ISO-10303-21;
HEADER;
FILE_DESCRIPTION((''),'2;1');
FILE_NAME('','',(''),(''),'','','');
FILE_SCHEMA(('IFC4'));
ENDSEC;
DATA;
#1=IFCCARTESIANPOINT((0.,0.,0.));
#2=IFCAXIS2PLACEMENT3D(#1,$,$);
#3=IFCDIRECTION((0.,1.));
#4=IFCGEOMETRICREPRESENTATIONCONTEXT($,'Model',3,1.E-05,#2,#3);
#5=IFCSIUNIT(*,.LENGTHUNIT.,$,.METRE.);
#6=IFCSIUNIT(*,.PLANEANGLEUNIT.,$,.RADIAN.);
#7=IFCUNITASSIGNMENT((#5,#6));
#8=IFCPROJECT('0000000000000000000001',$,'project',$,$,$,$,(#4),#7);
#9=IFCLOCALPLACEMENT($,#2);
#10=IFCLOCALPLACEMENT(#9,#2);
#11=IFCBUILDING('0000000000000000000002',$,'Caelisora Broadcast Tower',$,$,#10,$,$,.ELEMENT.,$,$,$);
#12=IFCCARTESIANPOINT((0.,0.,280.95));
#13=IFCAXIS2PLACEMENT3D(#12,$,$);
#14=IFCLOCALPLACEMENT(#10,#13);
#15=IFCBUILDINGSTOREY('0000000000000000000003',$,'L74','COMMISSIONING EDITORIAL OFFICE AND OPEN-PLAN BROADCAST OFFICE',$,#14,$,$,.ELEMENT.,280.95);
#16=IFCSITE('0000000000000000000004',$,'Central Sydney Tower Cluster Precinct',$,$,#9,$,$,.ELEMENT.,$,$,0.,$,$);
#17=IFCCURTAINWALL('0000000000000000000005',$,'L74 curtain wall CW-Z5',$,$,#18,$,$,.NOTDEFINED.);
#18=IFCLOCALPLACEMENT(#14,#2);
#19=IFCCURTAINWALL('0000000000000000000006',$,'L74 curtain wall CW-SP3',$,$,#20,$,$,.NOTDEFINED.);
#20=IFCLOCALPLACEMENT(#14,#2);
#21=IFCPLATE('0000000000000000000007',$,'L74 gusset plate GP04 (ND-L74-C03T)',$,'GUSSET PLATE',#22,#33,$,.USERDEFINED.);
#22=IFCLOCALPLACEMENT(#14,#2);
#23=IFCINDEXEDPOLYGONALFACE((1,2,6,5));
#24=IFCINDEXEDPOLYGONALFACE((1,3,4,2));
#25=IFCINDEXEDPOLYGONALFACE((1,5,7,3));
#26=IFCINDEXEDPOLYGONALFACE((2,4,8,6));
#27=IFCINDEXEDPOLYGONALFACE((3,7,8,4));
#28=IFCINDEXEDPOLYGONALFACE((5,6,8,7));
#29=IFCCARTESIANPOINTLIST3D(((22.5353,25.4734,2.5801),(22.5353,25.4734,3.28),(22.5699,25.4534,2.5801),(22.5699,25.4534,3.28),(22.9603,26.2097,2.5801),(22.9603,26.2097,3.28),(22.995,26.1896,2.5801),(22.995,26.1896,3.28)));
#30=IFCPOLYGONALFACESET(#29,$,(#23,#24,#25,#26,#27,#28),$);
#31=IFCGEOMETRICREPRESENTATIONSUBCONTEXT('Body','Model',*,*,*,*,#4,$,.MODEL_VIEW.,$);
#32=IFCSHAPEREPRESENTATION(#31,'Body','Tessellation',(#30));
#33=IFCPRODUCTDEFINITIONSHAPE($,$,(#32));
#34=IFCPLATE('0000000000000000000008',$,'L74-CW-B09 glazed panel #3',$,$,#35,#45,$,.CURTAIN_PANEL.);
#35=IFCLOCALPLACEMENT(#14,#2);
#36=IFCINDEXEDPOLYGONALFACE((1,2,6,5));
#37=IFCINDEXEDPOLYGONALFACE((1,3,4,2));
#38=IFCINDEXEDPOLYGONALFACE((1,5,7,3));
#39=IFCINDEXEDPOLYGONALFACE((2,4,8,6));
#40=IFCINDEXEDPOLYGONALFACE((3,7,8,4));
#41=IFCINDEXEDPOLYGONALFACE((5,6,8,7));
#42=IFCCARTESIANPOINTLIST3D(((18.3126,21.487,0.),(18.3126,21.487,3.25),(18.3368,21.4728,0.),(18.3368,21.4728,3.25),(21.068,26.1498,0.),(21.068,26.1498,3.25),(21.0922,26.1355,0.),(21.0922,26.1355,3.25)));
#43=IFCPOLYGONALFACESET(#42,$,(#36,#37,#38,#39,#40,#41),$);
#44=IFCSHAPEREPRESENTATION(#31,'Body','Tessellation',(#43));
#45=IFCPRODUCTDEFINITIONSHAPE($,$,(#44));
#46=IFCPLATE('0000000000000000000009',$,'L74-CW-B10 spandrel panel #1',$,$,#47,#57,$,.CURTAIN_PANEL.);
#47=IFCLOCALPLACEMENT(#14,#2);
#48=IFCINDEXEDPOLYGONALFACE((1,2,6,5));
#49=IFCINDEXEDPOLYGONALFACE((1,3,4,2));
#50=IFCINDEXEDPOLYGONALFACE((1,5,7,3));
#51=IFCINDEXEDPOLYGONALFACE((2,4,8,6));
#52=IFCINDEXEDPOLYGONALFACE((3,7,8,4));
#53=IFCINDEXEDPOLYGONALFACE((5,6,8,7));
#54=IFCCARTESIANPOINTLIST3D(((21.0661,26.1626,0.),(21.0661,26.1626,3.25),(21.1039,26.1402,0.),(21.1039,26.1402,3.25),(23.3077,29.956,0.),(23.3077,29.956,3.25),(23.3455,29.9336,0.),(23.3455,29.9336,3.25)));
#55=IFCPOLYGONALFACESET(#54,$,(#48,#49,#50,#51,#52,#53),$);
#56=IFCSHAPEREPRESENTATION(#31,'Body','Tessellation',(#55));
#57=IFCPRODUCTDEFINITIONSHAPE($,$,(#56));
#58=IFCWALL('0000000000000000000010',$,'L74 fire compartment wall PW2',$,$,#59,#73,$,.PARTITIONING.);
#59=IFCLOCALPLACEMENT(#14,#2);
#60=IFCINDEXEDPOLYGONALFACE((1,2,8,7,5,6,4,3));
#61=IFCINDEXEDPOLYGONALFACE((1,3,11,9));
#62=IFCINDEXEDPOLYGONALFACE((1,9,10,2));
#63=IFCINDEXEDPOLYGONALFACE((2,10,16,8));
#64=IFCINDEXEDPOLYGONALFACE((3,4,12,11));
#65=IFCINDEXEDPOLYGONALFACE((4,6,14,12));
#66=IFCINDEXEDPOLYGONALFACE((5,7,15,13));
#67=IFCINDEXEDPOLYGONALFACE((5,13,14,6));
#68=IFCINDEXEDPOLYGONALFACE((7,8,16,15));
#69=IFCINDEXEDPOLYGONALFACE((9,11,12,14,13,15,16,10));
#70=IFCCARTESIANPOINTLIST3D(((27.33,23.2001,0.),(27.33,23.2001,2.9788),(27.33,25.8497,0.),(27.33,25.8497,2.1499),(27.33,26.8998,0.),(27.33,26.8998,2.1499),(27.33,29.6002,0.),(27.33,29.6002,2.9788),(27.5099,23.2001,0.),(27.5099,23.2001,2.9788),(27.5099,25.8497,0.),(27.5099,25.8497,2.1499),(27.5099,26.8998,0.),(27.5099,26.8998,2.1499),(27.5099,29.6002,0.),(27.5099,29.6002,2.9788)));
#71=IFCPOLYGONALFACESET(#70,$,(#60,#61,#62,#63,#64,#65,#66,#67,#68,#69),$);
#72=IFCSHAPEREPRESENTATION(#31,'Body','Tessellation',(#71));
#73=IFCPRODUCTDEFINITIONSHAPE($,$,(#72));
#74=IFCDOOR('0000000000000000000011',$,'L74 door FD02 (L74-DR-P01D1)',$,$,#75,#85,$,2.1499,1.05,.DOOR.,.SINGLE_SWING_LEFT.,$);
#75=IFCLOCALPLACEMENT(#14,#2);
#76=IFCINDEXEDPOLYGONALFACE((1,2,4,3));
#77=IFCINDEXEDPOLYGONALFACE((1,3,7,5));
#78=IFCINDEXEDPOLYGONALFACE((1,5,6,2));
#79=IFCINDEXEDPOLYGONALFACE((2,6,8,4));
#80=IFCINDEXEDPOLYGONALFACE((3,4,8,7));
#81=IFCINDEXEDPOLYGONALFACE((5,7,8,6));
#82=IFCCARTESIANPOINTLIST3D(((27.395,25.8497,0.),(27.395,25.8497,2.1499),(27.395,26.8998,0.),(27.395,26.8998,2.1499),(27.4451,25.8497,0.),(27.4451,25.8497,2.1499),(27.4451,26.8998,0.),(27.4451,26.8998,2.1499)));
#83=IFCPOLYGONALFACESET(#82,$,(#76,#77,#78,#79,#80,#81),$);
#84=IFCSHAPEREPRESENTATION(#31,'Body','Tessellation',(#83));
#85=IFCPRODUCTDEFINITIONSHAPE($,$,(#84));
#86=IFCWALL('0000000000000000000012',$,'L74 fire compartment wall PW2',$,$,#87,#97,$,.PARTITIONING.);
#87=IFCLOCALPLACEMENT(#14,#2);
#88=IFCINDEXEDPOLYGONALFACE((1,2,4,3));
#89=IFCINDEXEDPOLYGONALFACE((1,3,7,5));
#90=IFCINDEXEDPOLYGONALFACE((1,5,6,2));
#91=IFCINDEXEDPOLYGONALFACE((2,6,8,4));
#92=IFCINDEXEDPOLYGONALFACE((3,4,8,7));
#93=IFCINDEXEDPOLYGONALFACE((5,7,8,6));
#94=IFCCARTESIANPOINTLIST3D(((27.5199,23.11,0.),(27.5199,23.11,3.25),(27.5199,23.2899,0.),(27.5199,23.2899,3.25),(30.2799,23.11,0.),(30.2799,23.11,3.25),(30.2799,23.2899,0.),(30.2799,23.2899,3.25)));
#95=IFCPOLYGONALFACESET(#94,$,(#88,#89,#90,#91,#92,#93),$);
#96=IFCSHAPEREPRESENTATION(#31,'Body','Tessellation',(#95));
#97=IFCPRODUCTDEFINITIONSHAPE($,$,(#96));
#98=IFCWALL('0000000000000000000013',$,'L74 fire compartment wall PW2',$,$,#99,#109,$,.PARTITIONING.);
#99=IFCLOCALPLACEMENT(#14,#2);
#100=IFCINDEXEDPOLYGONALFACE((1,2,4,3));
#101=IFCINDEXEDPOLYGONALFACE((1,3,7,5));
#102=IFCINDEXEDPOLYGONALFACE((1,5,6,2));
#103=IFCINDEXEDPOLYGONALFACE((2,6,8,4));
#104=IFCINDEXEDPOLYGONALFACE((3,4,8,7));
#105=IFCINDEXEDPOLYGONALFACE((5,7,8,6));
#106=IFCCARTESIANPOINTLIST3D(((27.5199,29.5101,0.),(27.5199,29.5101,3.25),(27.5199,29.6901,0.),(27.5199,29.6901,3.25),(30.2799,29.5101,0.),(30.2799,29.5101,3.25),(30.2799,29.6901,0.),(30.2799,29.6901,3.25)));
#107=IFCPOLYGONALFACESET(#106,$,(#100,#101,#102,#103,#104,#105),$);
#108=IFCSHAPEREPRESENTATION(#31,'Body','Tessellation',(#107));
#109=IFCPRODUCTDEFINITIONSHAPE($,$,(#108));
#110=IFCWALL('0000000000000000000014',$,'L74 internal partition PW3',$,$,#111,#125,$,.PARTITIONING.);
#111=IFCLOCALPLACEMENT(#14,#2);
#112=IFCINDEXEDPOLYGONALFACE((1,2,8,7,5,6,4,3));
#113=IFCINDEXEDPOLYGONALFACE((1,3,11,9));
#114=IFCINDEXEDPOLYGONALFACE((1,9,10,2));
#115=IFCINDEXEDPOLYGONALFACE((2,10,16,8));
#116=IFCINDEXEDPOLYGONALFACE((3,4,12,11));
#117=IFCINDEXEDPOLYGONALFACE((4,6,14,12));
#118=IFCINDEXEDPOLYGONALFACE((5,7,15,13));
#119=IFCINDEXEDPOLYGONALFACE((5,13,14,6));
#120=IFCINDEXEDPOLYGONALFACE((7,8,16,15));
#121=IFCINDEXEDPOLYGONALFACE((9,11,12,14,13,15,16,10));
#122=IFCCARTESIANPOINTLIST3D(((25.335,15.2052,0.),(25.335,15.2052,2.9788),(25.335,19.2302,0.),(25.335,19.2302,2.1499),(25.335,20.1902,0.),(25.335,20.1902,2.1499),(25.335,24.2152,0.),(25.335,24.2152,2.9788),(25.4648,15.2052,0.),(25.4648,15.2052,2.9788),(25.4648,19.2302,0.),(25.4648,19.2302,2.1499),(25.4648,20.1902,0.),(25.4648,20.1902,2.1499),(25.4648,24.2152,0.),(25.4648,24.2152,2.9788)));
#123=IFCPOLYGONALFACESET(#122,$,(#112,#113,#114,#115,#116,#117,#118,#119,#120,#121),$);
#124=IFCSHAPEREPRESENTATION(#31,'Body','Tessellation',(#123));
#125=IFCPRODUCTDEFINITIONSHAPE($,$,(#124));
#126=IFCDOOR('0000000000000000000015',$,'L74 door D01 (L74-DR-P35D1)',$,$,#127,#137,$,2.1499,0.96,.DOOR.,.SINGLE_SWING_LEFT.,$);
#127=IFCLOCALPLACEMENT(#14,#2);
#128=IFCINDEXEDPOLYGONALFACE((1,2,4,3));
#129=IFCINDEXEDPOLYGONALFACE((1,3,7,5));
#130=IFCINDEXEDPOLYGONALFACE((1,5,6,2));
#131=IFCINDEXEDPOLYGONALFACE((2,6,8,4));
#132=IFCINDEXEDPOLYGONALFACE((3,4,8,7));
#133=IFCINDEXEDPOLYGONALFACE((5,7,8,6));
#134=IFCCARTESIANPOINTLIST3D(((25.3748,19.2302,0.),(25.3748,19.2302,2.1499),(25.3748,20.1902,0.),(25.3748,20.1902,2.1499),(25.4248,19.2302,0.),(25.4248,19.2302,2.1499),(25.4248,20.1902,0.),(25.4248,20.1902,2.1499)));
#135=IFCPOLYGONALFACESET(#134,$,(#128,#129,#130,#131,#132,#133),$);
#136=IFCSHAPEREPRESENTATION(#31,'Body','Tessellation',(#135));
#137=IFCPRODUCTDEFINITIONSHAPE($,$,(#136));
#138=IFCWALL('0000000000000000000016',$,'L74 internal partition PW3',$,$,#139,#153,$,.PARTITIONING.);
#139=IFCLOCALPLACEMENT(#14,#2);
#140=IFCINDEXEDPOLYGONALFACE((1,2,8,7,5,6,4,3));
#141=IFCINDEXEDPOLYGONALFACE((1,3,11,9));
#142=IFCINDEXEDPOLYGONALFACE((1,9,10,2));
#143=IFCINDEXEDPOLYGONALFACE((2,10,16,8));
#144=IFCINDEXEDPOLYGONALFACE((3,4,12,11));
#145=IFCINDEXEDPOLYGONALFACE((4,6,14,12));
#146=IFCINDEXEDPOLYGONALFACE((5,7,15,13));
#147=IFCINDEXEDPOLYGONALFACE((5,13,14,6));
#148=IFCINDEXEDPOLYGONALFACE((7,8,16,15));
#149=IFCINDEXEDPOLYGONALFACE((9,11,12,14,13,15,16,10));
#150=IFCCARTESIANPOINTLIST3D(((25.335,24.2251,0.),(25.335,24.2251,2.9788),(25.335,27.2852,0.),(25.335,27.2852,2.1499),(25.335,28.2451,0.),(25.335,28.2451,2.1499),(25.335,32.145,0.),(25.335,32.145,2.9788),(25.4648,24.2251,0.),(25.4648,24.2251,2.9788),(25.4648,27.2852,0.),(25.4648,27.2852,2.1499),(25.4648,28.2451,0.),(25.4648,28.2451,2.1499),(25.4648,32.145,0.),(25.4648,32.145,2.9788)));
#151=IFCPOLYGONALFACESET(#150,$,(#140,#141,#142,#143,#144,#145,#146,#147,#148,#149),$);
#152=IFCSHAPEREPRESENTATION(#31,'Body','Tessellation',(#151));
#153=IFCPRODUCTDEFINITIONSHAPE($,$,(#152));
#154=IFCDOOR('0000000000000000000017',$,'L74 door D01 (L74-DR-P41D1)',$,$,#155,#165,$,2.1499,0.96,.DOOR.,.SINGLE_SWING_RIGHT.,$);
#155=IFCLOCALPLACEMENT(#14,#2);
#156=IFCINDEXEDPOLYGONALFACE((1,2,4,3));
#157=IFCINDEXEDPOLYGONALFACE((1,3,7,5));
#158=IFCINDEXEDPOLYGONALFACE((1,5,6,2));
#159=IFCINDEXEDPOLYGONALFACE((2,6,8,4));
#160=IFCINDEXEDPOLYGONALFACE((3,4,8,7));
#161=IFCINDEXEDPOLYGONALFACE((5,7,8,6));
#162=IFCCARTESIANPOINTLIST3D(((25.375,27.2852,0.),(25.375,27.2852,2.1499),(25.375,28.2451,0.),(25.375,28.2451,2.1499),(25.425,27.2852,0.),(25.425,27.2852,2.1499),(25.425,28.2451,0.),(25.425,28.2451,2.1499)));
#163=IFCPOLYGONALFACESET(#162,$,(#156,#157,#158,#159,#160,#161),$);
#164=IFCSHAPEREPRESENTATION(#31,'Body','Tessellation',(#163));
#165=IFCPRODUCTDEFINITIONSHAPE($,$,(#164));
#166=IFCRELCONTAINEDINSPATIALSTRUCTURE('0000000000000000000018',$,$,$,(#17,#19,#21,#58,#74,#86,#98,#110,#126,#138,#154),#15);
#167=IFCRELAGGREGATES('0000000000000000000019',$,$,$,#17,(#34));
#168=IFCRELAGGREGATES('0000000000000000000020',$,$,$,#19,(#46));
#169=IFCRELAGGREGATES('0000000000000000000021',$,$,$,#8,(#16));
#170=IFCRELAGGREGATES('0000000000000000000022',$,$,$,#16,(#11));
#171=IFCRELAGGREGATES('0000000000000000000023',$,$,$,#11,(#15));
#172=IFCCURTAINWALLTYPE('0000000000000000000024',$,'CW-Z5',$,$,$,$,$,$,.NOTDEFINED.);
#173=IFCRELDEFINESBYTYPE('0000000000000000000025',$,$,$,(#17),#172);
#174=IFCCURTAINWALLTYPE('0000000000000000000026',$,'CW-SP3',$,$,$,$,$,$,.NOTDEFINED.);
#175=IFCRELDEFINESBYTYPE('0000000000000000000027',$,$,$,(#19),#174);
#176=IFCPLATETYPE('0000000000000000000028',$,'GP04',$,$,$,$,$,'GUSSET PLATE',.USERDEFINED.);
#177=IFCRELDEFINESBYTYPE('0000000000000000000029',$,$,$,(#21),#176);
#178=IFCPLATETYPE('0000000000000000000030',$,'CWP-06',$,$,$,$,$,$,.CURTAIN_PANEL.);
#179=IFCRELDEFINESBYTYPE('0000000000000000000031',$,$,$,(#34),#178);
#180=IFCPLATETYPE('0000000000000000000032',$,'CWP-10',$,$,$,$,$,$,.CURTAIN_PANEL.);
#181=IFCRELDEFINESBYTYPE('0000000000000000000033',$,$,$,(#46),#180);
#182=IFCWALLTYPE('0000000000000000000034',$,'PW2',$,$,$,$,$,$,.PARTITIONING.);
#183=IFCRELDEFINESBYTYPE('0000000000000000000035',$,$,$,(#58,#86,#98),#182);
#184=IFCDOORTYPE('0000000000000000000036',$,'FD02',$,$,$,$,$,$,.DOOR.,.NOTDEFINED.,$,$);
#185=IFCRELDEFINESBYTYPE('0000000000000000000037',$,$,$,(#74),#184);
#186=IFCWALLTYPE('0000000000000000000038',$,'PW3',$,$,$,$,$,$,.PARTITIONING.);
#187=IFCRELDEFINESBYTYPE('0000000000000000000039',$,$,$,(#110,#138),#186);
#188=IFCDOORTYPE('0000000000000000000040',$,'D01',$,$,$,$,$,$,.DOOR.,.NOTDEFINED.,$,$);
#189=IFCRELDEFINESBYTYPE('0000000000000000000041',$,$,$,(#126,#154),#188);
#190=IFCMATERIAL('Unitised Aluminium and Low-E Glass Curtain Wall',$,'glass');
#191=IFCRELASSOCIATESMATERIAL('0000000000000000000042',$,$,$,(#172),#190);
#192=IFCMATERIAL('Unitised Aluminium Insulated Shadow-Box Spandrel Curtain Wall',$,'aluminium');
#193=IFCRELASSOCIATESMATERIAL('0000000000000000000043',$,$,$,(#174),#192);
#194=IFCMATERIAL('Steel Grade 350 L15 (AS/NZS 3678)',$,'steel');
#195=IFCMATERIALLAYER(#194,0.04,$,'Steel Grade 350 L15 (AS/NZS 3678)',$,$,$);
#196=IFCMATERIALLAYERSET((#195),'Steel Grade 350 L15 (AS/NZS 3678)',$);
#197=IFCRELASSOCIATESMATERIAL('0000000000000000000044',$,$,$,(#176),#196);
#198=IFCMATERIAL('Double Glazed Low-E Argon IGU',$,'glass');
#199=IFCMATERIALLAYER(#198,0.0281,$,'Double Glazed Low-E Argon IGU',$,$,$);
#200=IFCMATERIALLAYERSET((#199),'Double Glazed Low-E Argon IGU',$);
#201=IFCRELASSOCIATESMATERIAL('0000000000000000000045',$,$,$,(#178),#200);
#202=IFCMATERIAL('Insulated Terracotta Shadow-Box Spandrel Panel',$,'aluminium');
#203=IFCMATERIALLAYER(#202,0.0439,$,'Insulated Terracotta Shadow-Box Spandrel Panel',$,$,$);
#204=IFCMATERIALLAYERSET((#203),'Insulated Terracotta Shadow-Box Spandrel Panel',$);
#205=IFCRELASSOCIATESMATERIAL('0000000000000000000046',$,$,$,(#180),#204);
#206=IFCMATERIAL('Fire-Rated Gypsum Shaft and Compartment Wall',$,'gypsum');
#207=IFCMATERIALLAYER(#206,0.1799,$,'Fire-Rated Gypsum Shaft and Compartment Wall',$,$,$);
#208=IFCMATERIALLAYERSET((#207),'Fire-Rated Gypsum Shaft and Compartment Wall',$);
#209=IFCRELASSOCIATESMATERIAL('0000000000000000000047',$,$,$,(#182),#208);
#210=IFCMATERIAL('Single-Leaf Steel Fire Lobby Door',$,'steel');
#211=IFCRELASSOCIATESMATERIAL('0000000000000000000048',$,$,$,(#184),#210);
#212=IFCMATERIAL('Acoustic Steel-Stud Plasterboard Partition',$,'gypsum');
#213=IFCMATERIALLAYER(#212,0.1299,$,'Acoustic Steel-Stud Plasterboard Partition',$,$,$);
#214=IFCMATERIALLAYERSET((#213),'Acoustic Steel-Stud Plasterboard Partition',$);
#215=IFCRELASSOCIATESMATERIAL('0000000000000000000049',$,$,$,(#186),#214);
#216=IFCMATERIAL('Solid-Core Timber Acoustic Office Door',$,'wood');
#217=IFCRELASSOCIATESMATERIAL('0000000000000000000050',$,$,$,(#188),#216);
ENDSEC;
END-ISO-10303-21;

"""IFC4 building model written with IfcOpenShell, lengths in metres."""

from ifc_helpers import new_model, si_unit, direction, frame, frame_2d, origin, origin_2d, place, context, subcontext, project, spatial, rectangle, extrude, source, transform, mapped, material, layer, layer_set, type_object, type_shapes, element, fill, aggregate, save


model = new_model("IFC4")

# Units and contexts
model_context = context("Model", 3, precision=1e-05, world=origin(), true_north=direction((0.0, 1.0)))
body_context = subcontext(model_context, "Body", "Model", "MODEL_VIEW")
ifc_project = project(units=[si_unit("LENGTHUNIT", "METRE"), si_unit("PLANEANGLEUNIT", "RADIAN")], contexts=[model_context])

# Site, building, storey
site_placement = place(None, origin())
site = spatial("IfcSite", under=ifc_project, at=site_placement, Name="Central Sydney Tower Cluster Precinct", CompositionType="ELEMENT", RefElevation=0.0)
building_placement = place(site_placement, origin())
building = spatial("IfcBuilding", under=site, at=building_placement, Name="Caelisora Broadcast Tower", CompositionType="ELEMENT")
storey_placement = place(building_placement, frame((0.0, 0.0, 280.95)))
storey = spatial("IfcBuildingStorey", under=building, at=storey_placement, Name="L74", Description="COMMISSIONING EDITORIAL OFFICE AND OPEN-PLAN BROADCAST OFFICE", CompositionType="ELEMENT", Elevation=280.95)

# Shared definitions
ifc_material_1 = material(Name="Steel Grade 350 L15 (AS/NZS 3678)", Category="steel")

# Curtain wall
ifc_material_2 = material(Name="Unitised Aluminium and Low-E Glass Curtain Wall", Category="glass")
curtain_wall_type_1 = type_object("IfcCurtainWallType", Name="CW-Z5", PredefinedType="NOTDEFINED", material=ifc_material_2)
curtain_wall_1_placement = place(storey_placement, origin())
curtain_wall_1 = element("IfcCurtainWall", 1, at=curtain_wall_1_placement, inside=storey, type_object=curtain_wall_type_1, Name="L74 curtain wall CW-Z5", PredefinedType="NOTDEFINED")

# Curtain wall
ifc_material_3 = material(Name="Unitised Aluminium Insulated Shadow-Box Spandrel Curtain Wall", Category="aluminium")
curtain_wall_type_2 = type_object("IfcCurtainWallType", Name="CW-SP3", PredefinedType="NOTDEFINED", material=ifc_material_3)
curtain_wall_2_placement = place(storey_placement, origin())
curtain_wall_2 = element("IfcCurtainWall", 2, at=curtain_wall_2_placement, inside=storey, type_object=curtain_wall_type_2, Name="L74 curtain wall CW-SP3", PredefinedType="NOTDEFINED")

# Plates
ifc_layer_1 = layer(ifc_material_1, 0.04, Name="Steel Grade 350 L15 (AS/NZS 3678)")
ifc_layer_set_1 = layer_set([ifc_layer_1], Name="Steel Grade 350 L15 (AS/NZS 3678)")
plate_type_1 = type_object("IfcPlateType", Name="GP04", ElementType="GUSSET PLATE", PredefinedType="USERDEFINED", material=ifc_layer_set_1)
shared_shape_1 = source(origin(), body_context, "Body", "SweptSolid", [
    extrude(rectangle(XDim=0.8501, YDim=0.04, at=origin_2d()), origin(), (0.0, 0.0, 1.0), 0.7),
])
type_shapes(plate_type_1, [shared_shape_1])
plate_1_placement = place(storey_placement, frame((22.7651, 25.8315, 2.5801), z_axis=(0.0, 0.0, 1.0), x_axis=(-0.5, -0.866025, 0.0)))
element("IfcPlate", 3, at=plate_1_placement, inside=storey, type_object=plate_type_1, Name="L74 gusset plate GP04 (ND-L74-C03T)", ObjectType="GUSSET PLATE", PredefinedType="USERDEFINED", context=body_context, shape_type="MappedRepresentation", body=[
    mapped(shared_shape_1, transform((0.0, 0.0, 0.0), scale=1.0)),
])
ifc_material_4 = material(Name="Double Glazed Low-E Argon IGU", Category="glass")
ifc_layer_2 = layer(ifc_material_4, 0.0281, Name="Double Glazed Low-E Argon IGU")
ifc_layer_set_2 = layer_set([ifc_layer_2], Name="Double Glazed Low-E Argon IGU")
plate_type_2 = type_object("IfcPlateType", Name="CWP-06", PredefinedType="CURTAIN_PANEL", material=ifc_layer_set_2)
shared_shape_2 = source(origin(), body_context, "Body", "SweptSolid", [
    extrude(rectangle(XDim=5.416, YDim=0.0281, at=origin_2d()), origin(), (0.0, 0.0, 1.0), 3.25),
])
type_shapes(plate_type_2, [shared_shape_2])
plate_2_placement = place(storey_placement, frame((19.7024, 23.8113, 0.0), z_axis=(0.0, 0.0, 1.0), x_axis=(0.508741, 0.86092, 0.0)))
plate_2 = element("IfcPlate", 4, at=plate_2_placement, type_object=plate_type_2, Name="L74-CW-B09 glazed panel #3", PredefinedType="CURTAIN_PANEL", context=body_context, shape_type="MappedRepresentation", body=[
    mapped(shared_shape_2, transform((0.0, 0.0, 0.0), scale=1.0)),
])
aggregate(curtain_wall_1, [plate_2])
ifc_material_5 = material(Name="Insulated Terracotta Shadow-Box Spandrel Panel", Category="aluminium")
ifc_layer_3 = layer(ifc_material_5, 0.0439, Name="Insulated Terracotta Shadow-Box Spandrel Panel")
ifc_layer_set_3 = layer_set([ifc_layer_3], Name="Insulated Terracotta Shadow-Box Spandrel Panel")
plate_type_3 = type_object("IfcPlateType", Name="CWP-10", PredefinedType="CURTAIN_PANEL", material=ifc_layer_set_3)
shared_shape_3 = source(origin(), body_context, "Body", "SweptSolid", [
    extrude(rectangle(XDim=4.4062, YDim=0.0439, at=origin_2d()), origin(), (0.0, 0.0, 1.0), 3.25),
])
type_shapes(plate_type_3, [shared_shape_3])
plate_3_placement = place(storey_placement, frame((22.2058, 28.0481, 0.0), z_axis=(0.0, 0.0, 1.0), x_axis=(0.508741, 0.86092, 0.0)))
plate_3 = element("IfcPlate", 5, at=plate_3_placement, type_object=plate_type_3, Name="L74-CW-B10 spandrel panel #1", PredefinedType="CURTAIN_PANEL", context=body_context, shape_type="MappedRepresentation", body=[
    mapped(shared_shape_3, transform((0.0, 0.0, 0.0), scale=1.0)),
])
aggregate(curtain_wall_2, [plate_3])

# Wall, opening, door
ifc_material_6 = material(Name="Fire-Rated Gypsum Shaft and Compartment Wall", Category="gypsum")
ifc_layer_4 = layer(ifc_material_6, 0.1799, Name="Fire-Rated Gypsum Shaft and Compartment Wall")
ifc_layer_set_4 = layer_set([ifc_layer_4], Name="Fire-Rated Gypsum Shaft and Compartment Wall")
wall_type_1 = type_object("IfcWallType", Name="PW2", PredefinedType="PARTITIONING", material=ifc_layer_set_4)
wall_1_placement = place(storey_placement, frame((27.4199, 23.2, 0.0), z_axis=(0.0, 0.0, 1.0), x_axis=(0.0, 1.0, 0.0)))
wall_1 = element("IfcWall", 6, at=wall_1_placement, inside=storey, type_object=wall_type_1, Name="L74 fire compartment wall PW2", PredefinedType="PARTITIONING", context=body_context, shape_type="SweptSolid", body=[
    extrude(rectangle(XDim=6.4001, YDim=0.1799, at=frame_2d((3.2002, 0.0))), origin(), (0.0, 0.0, 1.0), 2.9788),
])
opening_1_placement = place(wall_1_placement, frame((2.6499, 0.0, 0.0)))
opening_1 = element("IfcOpeningElement", 7, at=opening_1_placement, cuts=wall_1, PredefinedType="OPENING", context=body_context, shape_type="SweptSolid", body=[
    extrude(rectangle(XDim=1.05, YDim=2.1499, at=frame_2d((0.5249, 1.075))), frame((0.0, 0.1021, 0.0), z_axis=(0.0, -1.0, 0.0), x_axis=(1.0, 0.0, 0.0)), (0.0, 0.0, 1.0), 0.2039),
])
ifc_material_7 = material(Name="Single-Leaf Steel Fire Lobby Door", Category="steel")
door_type_1 = type_object("IfcDoorType", Name="FD02", OperationType="NOTDEFINED", PredefinedType="DOOR", material=ifc_material_7)
door_1_placement = place(opening_1_placement, origin())
door_1 = element("IfcDoor", 8, at=door_1_placement, inside=storey, type_object=door_type_1, Name="L74 door FD02 (L74-DR-P01D1)", OperationType="SINGLE_SWING_LEFT", OverallHeight=2.1499, OverallWidth=1.05, PredefinedType="DOOR", context=body_context, shape_type="SweptSolid", body=[
    extrude(rectangle(XDim=1.05, YDim=2.1499, at=frame_2d((0.5249, 1.075))), frame((0.0, 0.0249, 0.0), z_axis=(0.0, -1.0, 0.0), x_axis=(1.0, 0.0, 0.0)), (0.0, 0.0, 1.0), 0.05),
])
fill(opening_1, door_1)

# Walls
for number, where, z_axis, x_axis, name in (
    (9, (27.52, 23.2, 0.0), (0.0, 0.0, 1.0), (1.0, 0.0, 0.0), "L74 fire compartment wall PW2"),
    (10, (27.52, 29.6001, 0.0), (0.0, 0.0, 1.0), (1.0, 0.0, 0.0), "L74 fire compartment wall PW2"),
):
    element("IfcWall", number, at=place(storey_placement, frame(where, z_axis=z_axis, x_axis=x_axis)), inside=storey, type_object=wall_type_1, Name=name, PredefinedType="PARTITIONING", context=body_context, shape_type="SweptSolid", body=[
        extrude(rectangle(XDim=2.76, YDim=0.1799, at=frame_2d((1.3799, 0.0))), origin(), (0.0, 0.0, 1.0), 3.25),
    ])

# Walls, openings, doors
ifc_material_8 = material(Name="Acoustic Steel-Stud Plasterboard Partition", Category="gypsum")
ifc_layer_5 = layer(ifc_material_8, 0.1299, Name="Acoustic Steel-Stud Plasterboard Partition")
ifc_layer_set_5 = layer_set([ifc_layer_5], Name="Acoustic Steel-Stud Plasterboard Partition")
wall_type_2 = type_object("IfcWallType", Name="PW3", PredefinedType="PARTITIONING", material=ifc_layer_set_5)
wall_2_placement = place(storey_placement, frame((25.3999, 24.2151, 0.0), z_axis=(0.0, 0.0, 1.0), x_axis=(0.0, -1.0, 0.0)))
wall_2 = element("IfcWall", 11, at=wall_2_placement, inside=storey, type_object=wall_type_2, Name="L74 internal partition PW3", PredefinedType="PARTITIONING", context=body_context, shape_type="SweptSolid", body=[
    extrude(rectangle(XDim=9.01, YDim=0.1299, at=frame_2d((4.5049, 0.0))), origin(), (0.0, 0.0, 1.0), 2.9788),
])
opening_2_placement = place(wall_2_placement, frame((4.0249, 0.0, 0.0)))
opening_2 = element("IfcOpeningElement", 12, at=opening_2_placement, cuts=wall_2, PredefinedType="OPENING", context=body_context, shape_type="SweptSolid", body=[
    extrude(rectangle(XDim=0.96, YDim=2.1499, at=frame_2d((0.48, 1.075))), frame((0.0, 0.0769, 0.0), z_axis=(0.0, -1.0, 0.0), x_axis=(1.0, 0.0, 0.0)), (0.0, 0.0, 1.0), 0.1538),
])
ifc_material_9 = material(Name="Solid-Core Timber Acoustic Office Door", Category="wood")
door_type_2 = type_object("IfcDoorType", Name="D01", OperationType="NOTDEFINED", PredefinedType="DOOR", material=ifc_material_9)
door_2_placement = place(opening_2_placement, origin())
door_2 = element("IfcDoor", 13, at=door_2_placement, inside=storey, type_object=door_type_2, Name="L74 door D01 (L74-DR-P35D1)", OperationType="SINGLE_SWING_LEFT", OverallHeight=2.1499, OverallWidth=0.96, PredefinedType="DOOR", context=body_context, shape_type="SweptSolid", body=[
    extrude(rectangle(XDim=0.96, YDim=2.1499, at=frame_2d((0.48, 1.075))), frame((0.0, 0.0249, 0.0), z_axis=(0.0, -1.0, 0.0), x_axis=(1.0, 0.0, 0.0)), (0.0, 0.0, 1.0), 0.05),
])
fill(opening_2, door_2)
wall_3_placement = place(storey_placement, frame((25.3999, 24.2251, 0.0), z_axis=(0.0, 0.0, 1.0), x_axis=(0.0, 1.0, 0.0)))
wall_3 = element("IfcWall", 14, at=wall_3_placement, inside=storey, type_object=wall_type_2, Name="L74 internal partition PW3", PredefinedType="PARTITIONING", context=body_context, shape_type="SweptSolid", body=[
    extrude(rectangle(XDim=7.9199, YDim=0.1299, at=frame_2d((3.96, 0.0))), origin(), (0.0, 0.0, 1.0), 2.9788),
])
opening_3_placement = place(wall_3_placement, frame((3.0601, 0.0, 0.0)))
opening_3 = element("IfcOpeningElement", 15, at=opening_3_placement, cuts=wall_3, PredefinedType="OPENING", context=body_context, shape_type="SweptSolid", body=[
    extrude(rectangle(XDim=0.96, YDim=2.1499, at=frame_2d((0.48, 1.075))), frame((0.0, 0.0769, 0.0), z_axis=(0.0, -1.0, 0.0), x_axis=(1.0, 0.0, 0.0)), (0.0, 0.0, 1.0), 0.1538),
])
door_3_placement = place(opening_3_placement, origin())
door_3 = element("IfcDoor", 16, at=door_3_placement, inside=storey, type_object=door_type_2, Name="L74 door D01 (L74-DR-P41D1)", OperationType="SINGLE_SWING_RIGHT", OverallHeight=2.1499, OverallWidth=0.96, PredefinedType="DOOR", context=body_context, shape_type="SweptSolid", body=[
    extrude(rectangle(XDim=0.96, YDim=2.1499, at=frame_2d((0.48, 1.075))), frame((0.0, 0.0249, 0.0), z_axis=(0.0, -1.0, 0.0), x_axis=(1.0, 0.0, 0.0)), (0.0, 0.0, 1.0), 0.05),
])
fill(opening_3, door_3)

save(model, "model.ifc")
